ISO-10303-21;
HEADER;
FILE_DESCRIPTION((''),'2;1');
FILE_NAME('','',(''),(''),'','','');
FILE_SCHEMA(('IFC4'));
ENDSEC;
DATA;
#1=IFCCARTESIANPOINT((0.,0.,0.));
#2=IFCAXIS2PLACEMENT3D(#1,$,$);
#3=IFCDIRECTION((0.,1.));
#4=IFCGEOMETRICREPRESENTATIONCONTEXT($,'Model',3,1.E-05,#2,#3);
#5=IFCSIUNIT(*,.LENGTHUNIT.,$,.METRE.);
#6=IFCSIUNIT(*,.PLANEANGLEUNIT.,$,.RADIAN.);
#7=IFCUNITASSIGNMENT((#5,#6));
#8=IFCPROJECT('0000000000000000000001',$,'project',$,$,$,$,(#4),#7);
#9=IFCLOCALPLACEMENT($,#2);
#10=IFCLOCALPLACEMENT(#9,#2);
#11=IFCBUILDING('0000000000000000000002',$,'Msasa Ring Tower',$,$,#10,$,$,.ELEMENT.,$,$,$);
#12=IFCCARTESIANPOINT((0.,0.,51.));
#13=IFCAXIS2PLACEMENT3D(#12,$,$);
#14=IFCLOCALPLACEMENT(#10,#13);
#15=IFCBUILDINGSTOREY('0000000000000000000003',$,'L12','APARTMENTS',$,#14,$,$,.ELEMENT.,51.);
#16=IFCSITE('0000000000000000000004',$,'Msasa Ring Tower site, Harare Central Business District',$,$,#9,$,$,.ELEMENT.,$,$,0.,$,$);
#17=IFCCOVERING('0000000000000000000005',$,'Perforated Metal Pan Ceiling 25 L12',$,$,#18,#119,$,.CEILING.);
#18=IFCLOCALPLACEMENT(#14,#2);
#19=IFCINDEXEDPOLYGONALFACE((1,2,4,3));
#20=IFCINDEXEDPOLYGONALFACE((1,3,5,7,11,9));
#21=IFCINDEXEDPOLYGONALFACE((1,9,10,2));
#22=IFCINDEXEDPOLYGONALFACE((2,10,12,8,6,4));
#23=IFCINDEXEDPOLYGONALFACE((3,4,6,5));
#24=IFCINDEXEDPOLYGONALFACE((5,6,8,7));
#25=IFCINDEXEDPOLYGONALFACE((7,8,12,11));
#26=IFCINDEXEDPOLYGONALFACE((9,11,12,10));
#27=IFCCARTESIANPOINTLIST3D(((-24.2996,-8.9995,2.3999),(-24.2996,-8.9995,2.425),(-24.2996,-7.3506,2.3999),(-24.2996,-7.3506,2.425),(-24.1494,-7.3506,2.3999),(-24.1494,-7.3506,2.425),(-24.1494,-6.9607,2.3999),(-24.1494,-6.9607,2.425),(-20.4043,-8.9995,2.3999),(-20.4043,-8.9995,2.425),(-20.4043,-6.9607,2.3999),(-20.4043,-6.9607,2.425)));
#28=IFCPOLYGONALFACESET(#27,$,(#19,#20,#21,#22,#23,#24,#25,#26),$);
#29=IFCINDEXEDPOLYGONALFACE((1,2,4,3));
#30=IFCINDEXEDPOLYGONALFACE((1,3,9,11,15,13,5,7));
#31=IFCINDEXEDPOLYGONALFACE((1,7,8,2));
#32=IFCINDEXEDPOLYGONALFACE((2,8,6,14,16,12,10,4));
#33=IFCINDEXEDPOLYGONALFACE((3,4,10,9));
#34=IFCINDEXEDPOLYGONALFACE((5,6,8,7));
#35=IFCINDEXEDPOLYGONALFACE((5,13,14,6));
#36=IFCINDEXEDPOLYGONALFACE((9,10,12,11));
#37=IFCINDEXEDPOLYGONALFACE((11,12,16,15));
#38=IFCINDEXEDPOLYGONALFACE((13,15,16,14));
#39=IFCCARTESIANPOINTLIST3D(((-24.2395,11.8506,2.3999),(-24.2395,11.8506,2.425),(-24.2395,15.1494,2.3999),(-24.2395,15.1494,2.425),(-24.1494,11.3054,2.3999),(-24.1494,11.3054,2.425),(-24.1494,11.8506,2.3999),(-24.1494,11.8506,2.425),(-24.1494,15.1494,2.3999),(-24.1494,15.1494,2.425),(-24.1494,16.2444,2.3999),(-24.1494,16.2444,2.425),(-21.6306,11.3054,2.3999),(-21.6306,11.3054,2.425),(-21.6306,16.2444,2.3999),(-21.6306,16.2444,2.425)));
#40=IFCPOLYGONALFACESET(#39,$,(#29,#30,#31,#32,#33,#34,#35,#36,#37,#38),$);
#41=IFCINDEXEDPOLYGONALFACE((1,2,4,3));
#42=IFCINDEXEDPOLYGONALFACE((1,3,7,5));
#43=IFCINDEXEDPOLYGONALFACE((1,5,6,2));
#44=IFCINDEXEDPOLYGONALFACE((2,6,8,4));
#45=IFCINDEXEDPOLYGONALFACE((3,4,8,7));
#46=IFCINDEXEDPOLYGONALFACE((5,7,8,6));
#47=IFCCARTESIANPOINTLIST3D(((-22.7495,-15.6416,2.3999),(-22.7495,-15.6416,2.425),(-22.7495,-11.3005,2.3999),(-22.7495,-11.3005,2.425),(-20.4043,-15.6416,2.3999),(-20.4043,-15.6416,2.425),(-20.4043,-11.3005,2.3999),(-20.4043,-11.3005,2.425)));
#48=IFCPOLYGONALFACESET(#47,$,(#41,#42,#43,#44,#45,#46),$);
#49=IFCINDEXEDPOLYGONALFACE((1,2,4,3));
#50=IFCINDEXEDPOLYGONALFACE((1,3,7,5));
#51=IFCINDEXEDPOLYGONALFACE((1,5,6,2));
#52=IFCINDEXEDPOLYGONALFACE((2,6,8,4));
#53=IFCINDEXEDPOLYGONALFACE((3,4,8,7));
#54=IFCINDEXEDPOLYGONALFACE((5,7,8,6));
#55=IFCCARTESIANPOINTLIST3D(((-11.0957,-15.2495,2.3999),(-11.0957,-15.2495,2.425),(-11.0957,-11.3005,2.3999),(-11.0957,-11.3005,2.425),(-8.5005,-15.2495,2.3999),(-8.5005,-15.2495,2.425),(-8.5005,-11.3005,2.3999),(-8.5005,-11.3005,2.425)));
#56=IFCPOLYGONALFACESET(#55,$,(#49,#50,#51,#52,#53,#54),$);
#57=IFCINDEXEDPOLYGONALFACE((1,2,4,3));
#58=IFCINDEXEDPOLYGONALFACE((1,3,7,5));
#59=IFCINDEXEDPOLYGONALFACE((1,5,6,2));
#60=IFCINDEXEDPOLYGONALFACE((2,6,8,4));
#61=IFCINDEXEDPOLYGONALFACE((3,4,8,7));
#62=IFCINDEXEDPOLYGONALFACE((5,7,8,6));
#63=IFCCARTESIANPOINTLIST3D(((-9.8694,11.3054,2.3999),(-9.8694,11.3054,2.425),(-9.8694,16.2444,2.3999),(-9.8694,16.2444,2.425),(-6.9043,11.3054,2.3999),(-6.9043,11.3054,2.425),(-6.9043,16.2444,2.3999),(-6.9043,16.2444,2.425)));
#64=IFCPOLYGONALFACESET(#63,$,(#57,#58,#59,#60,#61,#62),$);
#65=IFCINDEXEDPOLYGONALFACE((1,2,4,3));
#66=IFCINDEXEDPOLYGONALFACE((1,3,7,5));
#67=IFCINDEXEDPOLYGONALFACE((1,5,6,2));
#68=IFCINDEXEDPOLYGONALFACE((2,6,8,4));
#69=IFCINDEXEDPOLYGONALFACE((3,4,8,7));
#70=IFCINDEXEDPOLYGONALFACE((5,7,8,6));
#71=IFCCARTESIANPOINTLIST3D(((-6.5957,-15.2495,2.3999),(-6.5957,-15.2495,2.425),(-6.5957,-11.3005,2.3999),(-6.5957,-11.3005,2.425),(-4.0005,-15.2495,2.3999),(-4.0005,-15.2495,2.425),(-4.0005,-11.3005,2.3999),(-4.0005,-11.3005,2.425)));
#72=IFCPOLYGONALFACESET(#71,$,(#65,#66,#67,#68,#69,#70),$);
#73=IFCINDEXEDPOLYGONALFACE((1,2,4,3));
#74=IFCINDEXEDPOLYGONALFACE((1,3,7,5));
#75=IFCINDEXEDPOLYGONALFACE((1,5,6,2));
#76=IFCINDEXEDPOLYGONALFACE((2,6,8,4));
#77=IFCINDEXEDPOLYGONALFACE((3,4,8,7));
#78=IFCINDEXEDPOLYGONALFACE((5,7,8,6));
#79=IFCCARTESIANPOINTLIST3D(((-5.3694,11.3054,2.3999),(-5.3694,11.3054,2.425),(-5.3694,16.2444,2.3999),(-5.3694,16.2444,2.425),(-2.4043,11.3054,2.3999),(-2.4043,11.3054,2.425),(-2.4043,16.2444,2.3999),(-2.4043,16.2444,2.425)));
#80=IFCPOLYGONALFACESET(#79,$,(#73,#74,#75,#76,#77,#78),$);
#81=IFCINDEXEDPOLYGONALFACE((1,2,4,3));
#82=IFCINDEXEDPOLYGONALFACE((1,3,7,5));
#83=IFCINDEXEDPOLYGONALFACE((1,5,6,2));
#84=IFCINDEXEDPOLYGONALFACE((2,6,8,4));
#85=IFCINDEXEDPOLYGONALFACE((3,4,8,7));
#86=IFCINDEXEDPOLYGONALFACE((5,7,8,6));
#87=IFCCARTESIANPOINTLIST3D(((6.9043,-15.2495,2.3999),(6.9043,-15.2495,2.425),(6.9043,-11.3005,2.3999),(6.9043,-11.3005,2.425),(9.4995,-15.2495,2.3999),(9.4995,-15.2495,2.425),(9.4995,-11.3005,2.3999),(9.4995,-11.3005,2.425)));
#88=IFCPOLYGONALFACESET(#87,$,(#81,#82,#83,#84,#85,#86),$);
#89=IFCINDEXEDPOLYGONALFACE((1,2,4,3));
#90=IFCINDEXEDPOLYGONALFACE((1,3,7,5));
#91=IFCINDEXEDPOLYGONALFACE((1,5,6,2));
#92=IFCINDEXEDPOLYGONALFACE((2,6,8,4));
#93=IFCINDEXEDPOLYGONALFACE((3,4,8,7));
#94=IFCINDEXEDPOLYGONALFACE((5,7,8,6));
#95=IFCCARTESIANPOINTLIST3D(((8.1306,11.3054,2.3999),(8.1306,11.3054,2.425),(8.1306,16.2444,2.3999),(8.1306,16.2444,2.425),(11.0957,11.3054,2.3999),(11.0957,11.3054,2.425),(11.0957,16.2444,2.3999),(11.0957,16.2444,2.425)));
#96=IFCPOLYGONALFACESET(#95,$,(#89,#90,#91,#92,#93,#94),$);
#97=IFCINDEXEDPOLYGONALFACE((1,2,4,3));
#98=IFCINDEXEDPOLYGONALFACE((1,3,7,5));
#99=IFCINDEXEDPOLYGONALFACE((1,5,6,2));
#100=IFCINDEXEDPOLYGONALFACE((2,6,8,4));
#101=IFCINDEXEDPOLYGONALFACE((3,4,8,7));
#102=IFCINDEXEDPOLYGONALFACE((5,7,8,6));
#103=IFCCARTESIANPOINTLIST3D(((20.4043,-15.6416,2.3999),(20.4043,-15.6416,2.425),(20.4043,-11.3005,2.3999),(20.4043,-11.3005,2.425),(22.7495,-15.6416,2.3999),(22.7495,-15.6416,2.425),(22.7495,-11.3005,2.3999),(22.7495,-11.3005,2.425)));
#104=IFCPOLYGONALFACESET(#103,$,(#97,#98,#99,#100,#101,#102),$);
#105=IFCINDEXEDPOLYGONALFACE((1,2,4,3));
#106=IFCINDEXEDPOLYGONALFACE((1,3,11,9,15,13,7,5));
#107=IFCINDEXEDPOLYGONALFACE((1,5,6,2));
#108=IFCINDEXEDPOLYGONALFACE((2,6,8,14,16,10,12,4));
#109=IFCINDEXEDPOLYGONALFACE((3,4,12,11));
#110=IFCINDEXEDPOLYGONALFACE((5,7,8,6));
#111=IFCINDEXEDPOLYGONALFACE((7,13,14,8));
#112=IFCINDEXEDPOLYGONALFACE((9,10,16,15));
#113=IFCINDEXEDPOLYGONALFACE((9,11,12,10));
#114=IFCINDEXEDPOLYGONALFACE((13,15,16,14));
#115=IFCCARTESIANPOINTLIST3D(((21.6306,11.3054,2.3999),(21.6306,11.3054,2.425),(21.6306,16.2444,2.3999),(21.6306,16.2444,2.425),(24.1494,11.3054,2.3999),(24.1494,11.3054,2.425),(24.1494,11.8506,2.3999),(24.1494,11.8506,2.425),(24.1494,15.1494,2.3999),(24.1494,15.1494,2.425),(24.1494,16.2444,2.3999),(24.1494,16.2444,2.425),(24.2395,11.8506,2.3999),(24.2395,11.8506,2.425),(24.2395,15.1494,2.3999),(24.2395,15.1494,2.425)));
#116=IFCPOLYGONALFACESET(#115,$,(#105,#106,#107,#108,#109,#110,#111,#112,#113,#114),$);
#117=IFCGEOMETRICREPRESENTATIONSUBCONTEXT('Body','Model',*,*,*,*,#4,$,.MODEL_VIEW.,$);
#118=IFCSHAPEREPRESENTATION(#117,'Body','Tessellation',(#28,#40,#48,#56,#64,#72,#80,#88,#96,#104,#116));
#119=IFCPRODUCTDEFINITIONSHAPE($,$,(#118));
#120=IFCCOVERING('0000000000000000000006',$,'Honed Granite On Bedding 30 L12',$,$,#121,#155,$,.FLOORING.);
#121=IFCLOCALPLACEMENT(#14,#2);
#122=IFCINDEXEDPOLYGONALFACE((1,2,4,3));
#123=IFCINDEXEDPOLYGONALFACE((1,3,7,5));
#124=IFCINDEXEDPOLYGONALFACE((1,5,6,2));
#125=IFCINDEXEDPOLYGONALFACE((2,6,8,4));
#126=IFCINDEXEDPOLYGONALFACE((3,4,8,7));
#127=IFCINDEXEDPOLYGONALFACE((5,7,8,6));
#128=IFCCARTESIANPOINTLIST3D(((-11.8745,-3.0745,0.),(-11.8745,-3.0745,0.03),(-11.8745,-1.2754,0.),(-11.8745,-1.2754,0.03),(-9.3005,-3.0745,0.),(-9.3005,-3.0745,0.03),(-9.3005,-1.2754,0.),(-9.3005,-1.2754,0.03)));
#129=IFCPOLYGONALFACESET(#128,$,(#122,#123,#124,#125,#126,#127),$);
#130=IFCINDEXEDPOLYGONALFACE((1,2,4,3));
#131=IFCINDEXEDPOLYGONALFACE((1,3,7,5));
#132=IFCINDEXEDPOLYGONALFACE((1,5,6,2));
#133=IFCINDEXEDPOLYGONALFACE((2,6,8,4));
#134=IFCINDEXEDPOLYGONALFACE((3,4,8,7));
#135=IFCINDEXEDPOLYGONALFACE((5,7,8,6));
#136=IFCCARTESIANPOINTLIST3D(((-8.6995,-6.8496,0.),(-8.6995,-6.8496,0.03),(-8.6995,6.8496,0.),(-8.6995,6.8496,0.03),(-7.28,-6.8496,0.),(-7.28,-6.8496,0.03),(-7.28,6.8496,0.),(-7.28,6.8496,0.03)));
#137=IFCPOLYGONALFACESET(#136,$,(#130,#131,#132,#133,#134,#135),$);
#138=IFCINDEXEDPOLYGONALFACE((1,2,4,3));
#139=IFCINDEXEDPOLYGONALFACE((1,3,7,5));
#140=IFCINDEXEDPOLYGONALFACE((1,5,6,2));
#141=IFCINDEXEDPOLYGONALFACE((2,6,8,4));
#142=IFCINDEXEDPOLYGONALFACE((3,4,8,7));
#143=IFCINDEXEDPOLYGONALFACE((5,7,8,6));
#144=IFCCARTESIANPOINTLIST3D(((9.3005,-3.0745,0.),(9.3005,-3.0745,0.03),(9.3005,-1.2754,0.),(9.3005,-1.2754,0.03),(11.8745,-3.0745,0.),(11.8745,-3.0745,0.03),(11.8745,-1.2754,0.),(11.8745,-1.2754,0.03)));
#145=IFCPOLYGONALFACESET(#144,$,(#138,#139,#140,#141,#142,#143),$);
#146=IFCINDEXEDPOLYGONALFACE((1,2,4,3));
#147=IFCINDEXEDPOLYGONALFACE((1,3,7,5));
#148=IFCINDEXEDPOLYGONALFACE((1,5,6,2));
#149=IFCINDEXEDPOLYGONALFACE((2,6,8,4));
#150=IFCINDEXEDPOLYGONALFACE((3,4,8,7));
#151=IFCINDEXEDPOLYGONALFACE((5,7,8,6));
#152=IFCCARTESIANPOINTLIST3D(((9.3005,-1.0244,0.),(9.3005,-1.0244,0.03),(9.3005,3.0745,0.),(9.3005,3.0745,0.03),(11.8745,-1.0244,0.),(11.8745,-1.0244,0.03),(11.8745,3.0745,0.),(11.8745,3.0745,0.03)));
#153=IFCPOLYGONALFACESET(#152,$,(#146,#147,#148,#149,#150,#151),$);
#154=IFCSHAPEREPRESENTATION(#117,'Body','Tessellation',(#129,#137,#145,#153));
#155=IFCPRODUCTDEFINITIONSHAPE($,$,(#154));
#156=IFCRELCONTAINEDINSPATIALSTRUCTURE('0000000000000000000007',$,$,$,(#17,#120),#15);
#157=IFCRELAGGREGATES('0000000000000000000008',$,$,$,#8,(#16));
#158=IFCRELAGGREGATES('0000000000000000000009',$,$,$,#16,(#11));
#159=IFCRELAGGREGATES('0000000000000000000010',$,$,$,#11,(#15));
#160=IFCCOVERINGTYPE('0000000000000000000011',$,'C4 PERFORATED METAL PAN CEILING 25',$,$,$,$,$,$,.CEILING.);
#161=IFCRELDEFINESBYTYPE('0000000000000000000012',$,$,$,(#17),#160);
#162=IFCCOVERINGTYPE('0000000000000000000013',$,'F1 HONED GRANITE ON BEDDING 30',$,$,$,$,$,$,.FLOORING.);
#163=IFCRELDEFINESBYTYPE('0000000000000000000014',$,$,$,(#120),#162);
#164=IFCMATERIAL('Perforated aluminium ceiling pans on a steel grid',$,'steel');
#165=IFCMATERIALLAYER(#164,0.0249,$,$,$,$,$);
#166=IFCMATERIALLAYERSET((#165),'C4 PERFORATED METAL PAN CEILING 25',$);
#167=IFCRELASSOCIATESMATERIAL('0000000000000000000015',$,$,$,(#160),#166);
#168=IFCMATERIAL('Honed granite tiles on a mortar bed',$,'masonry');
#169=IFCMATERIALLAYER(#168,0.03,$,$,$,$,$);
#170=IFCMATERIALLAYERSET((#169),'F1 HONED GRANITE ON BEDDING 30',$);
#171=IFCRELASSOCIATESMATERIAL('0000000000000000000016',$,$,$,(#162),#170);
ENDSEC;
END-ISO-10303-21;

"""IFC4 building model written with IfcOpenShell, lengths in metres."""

from ifc_helpers import new_model, si_unit, direction, frame, origin, place, context, subcontext, project, spatial, line, indexed_curve, outline, extrude, material, layer, layer_set, type_object, element, save


model = new_model("IFC4")

# Units and contexts
model_context = context("Model", 3, precision=1e-05, world=origin(), true_north=direction((0.0, 1.0)))
body_context = subcontext(model_context, "Body", "Model", "MODEL_VIEW")
ifc_project = project(units=[si_unit("LENGTHUNIT", "METRE"), si_unit("PLANEANGLEUNIT", "RADIAN")], contexts=[model_context])

# Site, building, storey
site_placement = place(None, origin())
site = spatial("IfcSite", under=ifc_project, at=site_placement, Name="Msasa Ring Tower site, Harare Central Business District", CompositionType="ELEMENT", RefElevation=0.0)
building_placement = place(site_placement, origin())
building = spatial("IfcBuilding", under=site, at=building_placement, Name="Msasa Ring Tower", CompositionType="ELEMENT")
storey_placement = place(building_placement, frame((0.0, 0.0, 51.0)))
storey = spatial("IfcBuildingStorey", under=building, at=storey_placement, Name="L12", Description="APARTMENTS", CompositionType="ELEMENT", Elevation=51.0)

# Coverings
ifc_material_1 = material(Name="Perforated aluminium ceiling pans on a steel grid", Category="steel")
ifc_layer_1 = layer(ifc_material_1, 0.0249)
ifc_layer_set_1 = layer_set([ifc_layer_1], Name="C4 PERFORATED METAL PAN CEILING 25")
covering_type_1 = type_object("IfcCoveringType", Name="C4 PERFORATED METAL PAN CEILING 25", PredefinedType="CEILING", material=ifc_layer_set_1)
covering_1_placement = place(storey_placement, frame((0.0, 0.0, 2.3999)))
element("IfcCovering", 1, at=covering_1_placement, inside=storey, type_object=covering_type_1, Name="Perforated Metal Pan Ceiling 25 L12", PredefinedType="CEILING", context=body_context, shape_type="SweptSolid", body=[
    extrude(outline(indexed_curve([(-24.2996, -8.9995), (-24.2996, -7.3506), (-24.1494, -7.3506), (-24.1494, -6.9607), (-20.4043, -6.9607), (-20.4043, -8.9995)], segments=[line(1, 2, 3, 4, 5, 6, 1)], self_intersect=False)), origin(), (0.0, 0.0, 1.0), 0.0251),
    extrude(outline(indexed_curve([(-24.2395, 15.1494), (-24.1494, 15.1494), (-24.1494, 16.2444), (-21.6306, 16.2444), (-21.6306, 11.3054), (-24.1494, 11.3054), (-24.1494, 11.8506), (-24.2395, 11.8506)], segments=[line(1, 2, 3, 4, 5, 6, 7, 8, 1)], self_intersect=False)), origin(), (0.0, 0.0, 1.0), 0.0251),
    extrude(outline(indexed_curve([(-22.7495, -15.6416), (-22.7495, -11.3005), (-20.4043, -11.3005), (-20.4043, -15.6416)], segments=[line(1, 2, 3, 4, 1)], self_intersect=False)), origin(), (0.0, 0.0, 1.0), 0.0251),
    extrude(outline(indexed_curve([(-11.0957, -15.2495), (-11.0957, -11.3005), (-8.5005, -11.3005), (-8.5005, -15.2495)], segments=[line(1, 2, 3, 4, 1)], self_intersect=False)), origin(), (0.0, 0.0, 1.0), 0.0251),
    extrude(outline(indexed_curve([(-9.8694, 11.3054), (-9.8694, 16.2444), (-6.9043, 16.2444), (-6.9043, 11.3054)], segments=[line(1, 2, 3, 4, 1)], self_intersect=False)), origin(), (0.0, 0.0, 1.0), 0.0251),
    extrude(outline(indexed_curve([(-6.5957, -15.2495), (-6.5957, -11.3005), (-4.0005, -11.3005), (-4.0005, -15.2495)], segments=[line(1, 2, 3, 4, 1)], self_intersect=False)), origin(), (0.0, 0.0, 1.0), 0.0251),
    extrude(outline(indexed_curve([(-5.3694, 11.3054), (-5.3694, 16.2444), (-2.4043, 16.2444), (-2.4043, 11.3054)], segments=[line(1, 2, 3, 4, 1)], self_intersect=False)), origin(), (0.0, 0.0, 1.0), 0.0251),
    extrude(outline(indexed_curve([(9.4995, -11.3005), (9.4995, -15.2495), (6.9043, -15.2495), (6.9043, -11.3005)], segments=[line(1, 2, 3, 4, 1)], self_intersect=False)), origin(), (0.0, 0.0, 1.0), 0.0251),
    extrude(outline(indexed_curve([(8.1306, 16.2444), (11.0957, 16.2444), (11.0957, 11.3054), (8.1306, 11.3054)], segments=[line(1, 2, 3, 4, 1)], self_intersect=False)), origin(), (0.0, 0.0, 1.0), 0.0251),
    extrude(outline(indexed_curve([(22.7495, -11.3005), (22.7495, -15.6416), (20.4043, -15.6416), (20.4043, -11.3005)], segments=[line(1, 2, 3, 4, 1)], self_intersect=False)), origin(), (0.0, 0.0, 1.0), 0.0251),
    extrude(outline(indexed_curve([(21.6306, 16.2444), (24.1494, 16.2444), (24.1494, 15.1494), (24.2395, 15.1494), (24.2395, 11.8506), (24.1494, 11.8506), (24.1494, 11.3054), (21.6306, 11.3054)], segments=[line(1, 2, 3, 4, 5, 6, 7, 8, 1)], self_intersect=False)), origin(), (0.0, 0.0, 1.0), 0.0251),
])
ifc_material_2 = material(Name="Honed granite tiles on a mortar bed", Category="masonry")
ifc_layer_2 = layer(ifc_material_2, 0.03)
ifc_layer_set_2 = layer_set([ifc_layer_2], Name="F1 HONED GRANITE ON BEDDING 30")
covering_type_2 = type_object("IfcCoveringType", Name="F1 HONED GRANITE ON BEDDING 30", PredefinedType="FLOORING", material=ifc_layer_set_2)
covering_2_placement = place(storey_placement, origin())
element("IfcCovering", 2, at=covering_2_placement, inside=storey, type_object=covering_type_2, Name="Honed Granite On Bedding 30 L12", PredefinedType="FLOORING", context=body_context, shape_type="SweptSolid", body=[
    extrude(outline(indexed_curve([(-11.8745, -3.0745), (-11.8745, -1.2754), (-9.3005, -1.2754), (-9.3005, -3.0745)], segments=[line(1, 2, 3, 4, 1)], self_intersect=False)), origin(), (0.0, 0.0, 1.0), 0.03),
    extrude(outline(indexed_curve([(-8.6995, -6.8496), (-8.6995, 6.8496), (-7.28, 6.8496), (-7.28, -6.8496)], segments=[line(1, 2, 3, 4, 1)], self_intersect=False)), origin(), (0.0, 0.0, 1.0), 0.03),
    extrude(outline(indexed_curve([(9.3005, -3.0745), (9.3005, -1.2754), (11.8745, -1.2754), (11.8745, -3.0745)], segments=[line(1, 2, 3, 4, 1)], self_intersect=False)), origin(), (0.0, 0.0, 1.0), 0.03),
    extrude(outline(indexed_curve([(9.3005, -1.0244), (9.3005, 3.0745), (11.8745, 3.0745), (11.8745, -1.0244)], segments=[line(1, 2, 3, 4, 1)], self_intersect=False)), origin(), (0.0, 0.0, 1.0), 0.03),
])

save(model, "model.ifc")
